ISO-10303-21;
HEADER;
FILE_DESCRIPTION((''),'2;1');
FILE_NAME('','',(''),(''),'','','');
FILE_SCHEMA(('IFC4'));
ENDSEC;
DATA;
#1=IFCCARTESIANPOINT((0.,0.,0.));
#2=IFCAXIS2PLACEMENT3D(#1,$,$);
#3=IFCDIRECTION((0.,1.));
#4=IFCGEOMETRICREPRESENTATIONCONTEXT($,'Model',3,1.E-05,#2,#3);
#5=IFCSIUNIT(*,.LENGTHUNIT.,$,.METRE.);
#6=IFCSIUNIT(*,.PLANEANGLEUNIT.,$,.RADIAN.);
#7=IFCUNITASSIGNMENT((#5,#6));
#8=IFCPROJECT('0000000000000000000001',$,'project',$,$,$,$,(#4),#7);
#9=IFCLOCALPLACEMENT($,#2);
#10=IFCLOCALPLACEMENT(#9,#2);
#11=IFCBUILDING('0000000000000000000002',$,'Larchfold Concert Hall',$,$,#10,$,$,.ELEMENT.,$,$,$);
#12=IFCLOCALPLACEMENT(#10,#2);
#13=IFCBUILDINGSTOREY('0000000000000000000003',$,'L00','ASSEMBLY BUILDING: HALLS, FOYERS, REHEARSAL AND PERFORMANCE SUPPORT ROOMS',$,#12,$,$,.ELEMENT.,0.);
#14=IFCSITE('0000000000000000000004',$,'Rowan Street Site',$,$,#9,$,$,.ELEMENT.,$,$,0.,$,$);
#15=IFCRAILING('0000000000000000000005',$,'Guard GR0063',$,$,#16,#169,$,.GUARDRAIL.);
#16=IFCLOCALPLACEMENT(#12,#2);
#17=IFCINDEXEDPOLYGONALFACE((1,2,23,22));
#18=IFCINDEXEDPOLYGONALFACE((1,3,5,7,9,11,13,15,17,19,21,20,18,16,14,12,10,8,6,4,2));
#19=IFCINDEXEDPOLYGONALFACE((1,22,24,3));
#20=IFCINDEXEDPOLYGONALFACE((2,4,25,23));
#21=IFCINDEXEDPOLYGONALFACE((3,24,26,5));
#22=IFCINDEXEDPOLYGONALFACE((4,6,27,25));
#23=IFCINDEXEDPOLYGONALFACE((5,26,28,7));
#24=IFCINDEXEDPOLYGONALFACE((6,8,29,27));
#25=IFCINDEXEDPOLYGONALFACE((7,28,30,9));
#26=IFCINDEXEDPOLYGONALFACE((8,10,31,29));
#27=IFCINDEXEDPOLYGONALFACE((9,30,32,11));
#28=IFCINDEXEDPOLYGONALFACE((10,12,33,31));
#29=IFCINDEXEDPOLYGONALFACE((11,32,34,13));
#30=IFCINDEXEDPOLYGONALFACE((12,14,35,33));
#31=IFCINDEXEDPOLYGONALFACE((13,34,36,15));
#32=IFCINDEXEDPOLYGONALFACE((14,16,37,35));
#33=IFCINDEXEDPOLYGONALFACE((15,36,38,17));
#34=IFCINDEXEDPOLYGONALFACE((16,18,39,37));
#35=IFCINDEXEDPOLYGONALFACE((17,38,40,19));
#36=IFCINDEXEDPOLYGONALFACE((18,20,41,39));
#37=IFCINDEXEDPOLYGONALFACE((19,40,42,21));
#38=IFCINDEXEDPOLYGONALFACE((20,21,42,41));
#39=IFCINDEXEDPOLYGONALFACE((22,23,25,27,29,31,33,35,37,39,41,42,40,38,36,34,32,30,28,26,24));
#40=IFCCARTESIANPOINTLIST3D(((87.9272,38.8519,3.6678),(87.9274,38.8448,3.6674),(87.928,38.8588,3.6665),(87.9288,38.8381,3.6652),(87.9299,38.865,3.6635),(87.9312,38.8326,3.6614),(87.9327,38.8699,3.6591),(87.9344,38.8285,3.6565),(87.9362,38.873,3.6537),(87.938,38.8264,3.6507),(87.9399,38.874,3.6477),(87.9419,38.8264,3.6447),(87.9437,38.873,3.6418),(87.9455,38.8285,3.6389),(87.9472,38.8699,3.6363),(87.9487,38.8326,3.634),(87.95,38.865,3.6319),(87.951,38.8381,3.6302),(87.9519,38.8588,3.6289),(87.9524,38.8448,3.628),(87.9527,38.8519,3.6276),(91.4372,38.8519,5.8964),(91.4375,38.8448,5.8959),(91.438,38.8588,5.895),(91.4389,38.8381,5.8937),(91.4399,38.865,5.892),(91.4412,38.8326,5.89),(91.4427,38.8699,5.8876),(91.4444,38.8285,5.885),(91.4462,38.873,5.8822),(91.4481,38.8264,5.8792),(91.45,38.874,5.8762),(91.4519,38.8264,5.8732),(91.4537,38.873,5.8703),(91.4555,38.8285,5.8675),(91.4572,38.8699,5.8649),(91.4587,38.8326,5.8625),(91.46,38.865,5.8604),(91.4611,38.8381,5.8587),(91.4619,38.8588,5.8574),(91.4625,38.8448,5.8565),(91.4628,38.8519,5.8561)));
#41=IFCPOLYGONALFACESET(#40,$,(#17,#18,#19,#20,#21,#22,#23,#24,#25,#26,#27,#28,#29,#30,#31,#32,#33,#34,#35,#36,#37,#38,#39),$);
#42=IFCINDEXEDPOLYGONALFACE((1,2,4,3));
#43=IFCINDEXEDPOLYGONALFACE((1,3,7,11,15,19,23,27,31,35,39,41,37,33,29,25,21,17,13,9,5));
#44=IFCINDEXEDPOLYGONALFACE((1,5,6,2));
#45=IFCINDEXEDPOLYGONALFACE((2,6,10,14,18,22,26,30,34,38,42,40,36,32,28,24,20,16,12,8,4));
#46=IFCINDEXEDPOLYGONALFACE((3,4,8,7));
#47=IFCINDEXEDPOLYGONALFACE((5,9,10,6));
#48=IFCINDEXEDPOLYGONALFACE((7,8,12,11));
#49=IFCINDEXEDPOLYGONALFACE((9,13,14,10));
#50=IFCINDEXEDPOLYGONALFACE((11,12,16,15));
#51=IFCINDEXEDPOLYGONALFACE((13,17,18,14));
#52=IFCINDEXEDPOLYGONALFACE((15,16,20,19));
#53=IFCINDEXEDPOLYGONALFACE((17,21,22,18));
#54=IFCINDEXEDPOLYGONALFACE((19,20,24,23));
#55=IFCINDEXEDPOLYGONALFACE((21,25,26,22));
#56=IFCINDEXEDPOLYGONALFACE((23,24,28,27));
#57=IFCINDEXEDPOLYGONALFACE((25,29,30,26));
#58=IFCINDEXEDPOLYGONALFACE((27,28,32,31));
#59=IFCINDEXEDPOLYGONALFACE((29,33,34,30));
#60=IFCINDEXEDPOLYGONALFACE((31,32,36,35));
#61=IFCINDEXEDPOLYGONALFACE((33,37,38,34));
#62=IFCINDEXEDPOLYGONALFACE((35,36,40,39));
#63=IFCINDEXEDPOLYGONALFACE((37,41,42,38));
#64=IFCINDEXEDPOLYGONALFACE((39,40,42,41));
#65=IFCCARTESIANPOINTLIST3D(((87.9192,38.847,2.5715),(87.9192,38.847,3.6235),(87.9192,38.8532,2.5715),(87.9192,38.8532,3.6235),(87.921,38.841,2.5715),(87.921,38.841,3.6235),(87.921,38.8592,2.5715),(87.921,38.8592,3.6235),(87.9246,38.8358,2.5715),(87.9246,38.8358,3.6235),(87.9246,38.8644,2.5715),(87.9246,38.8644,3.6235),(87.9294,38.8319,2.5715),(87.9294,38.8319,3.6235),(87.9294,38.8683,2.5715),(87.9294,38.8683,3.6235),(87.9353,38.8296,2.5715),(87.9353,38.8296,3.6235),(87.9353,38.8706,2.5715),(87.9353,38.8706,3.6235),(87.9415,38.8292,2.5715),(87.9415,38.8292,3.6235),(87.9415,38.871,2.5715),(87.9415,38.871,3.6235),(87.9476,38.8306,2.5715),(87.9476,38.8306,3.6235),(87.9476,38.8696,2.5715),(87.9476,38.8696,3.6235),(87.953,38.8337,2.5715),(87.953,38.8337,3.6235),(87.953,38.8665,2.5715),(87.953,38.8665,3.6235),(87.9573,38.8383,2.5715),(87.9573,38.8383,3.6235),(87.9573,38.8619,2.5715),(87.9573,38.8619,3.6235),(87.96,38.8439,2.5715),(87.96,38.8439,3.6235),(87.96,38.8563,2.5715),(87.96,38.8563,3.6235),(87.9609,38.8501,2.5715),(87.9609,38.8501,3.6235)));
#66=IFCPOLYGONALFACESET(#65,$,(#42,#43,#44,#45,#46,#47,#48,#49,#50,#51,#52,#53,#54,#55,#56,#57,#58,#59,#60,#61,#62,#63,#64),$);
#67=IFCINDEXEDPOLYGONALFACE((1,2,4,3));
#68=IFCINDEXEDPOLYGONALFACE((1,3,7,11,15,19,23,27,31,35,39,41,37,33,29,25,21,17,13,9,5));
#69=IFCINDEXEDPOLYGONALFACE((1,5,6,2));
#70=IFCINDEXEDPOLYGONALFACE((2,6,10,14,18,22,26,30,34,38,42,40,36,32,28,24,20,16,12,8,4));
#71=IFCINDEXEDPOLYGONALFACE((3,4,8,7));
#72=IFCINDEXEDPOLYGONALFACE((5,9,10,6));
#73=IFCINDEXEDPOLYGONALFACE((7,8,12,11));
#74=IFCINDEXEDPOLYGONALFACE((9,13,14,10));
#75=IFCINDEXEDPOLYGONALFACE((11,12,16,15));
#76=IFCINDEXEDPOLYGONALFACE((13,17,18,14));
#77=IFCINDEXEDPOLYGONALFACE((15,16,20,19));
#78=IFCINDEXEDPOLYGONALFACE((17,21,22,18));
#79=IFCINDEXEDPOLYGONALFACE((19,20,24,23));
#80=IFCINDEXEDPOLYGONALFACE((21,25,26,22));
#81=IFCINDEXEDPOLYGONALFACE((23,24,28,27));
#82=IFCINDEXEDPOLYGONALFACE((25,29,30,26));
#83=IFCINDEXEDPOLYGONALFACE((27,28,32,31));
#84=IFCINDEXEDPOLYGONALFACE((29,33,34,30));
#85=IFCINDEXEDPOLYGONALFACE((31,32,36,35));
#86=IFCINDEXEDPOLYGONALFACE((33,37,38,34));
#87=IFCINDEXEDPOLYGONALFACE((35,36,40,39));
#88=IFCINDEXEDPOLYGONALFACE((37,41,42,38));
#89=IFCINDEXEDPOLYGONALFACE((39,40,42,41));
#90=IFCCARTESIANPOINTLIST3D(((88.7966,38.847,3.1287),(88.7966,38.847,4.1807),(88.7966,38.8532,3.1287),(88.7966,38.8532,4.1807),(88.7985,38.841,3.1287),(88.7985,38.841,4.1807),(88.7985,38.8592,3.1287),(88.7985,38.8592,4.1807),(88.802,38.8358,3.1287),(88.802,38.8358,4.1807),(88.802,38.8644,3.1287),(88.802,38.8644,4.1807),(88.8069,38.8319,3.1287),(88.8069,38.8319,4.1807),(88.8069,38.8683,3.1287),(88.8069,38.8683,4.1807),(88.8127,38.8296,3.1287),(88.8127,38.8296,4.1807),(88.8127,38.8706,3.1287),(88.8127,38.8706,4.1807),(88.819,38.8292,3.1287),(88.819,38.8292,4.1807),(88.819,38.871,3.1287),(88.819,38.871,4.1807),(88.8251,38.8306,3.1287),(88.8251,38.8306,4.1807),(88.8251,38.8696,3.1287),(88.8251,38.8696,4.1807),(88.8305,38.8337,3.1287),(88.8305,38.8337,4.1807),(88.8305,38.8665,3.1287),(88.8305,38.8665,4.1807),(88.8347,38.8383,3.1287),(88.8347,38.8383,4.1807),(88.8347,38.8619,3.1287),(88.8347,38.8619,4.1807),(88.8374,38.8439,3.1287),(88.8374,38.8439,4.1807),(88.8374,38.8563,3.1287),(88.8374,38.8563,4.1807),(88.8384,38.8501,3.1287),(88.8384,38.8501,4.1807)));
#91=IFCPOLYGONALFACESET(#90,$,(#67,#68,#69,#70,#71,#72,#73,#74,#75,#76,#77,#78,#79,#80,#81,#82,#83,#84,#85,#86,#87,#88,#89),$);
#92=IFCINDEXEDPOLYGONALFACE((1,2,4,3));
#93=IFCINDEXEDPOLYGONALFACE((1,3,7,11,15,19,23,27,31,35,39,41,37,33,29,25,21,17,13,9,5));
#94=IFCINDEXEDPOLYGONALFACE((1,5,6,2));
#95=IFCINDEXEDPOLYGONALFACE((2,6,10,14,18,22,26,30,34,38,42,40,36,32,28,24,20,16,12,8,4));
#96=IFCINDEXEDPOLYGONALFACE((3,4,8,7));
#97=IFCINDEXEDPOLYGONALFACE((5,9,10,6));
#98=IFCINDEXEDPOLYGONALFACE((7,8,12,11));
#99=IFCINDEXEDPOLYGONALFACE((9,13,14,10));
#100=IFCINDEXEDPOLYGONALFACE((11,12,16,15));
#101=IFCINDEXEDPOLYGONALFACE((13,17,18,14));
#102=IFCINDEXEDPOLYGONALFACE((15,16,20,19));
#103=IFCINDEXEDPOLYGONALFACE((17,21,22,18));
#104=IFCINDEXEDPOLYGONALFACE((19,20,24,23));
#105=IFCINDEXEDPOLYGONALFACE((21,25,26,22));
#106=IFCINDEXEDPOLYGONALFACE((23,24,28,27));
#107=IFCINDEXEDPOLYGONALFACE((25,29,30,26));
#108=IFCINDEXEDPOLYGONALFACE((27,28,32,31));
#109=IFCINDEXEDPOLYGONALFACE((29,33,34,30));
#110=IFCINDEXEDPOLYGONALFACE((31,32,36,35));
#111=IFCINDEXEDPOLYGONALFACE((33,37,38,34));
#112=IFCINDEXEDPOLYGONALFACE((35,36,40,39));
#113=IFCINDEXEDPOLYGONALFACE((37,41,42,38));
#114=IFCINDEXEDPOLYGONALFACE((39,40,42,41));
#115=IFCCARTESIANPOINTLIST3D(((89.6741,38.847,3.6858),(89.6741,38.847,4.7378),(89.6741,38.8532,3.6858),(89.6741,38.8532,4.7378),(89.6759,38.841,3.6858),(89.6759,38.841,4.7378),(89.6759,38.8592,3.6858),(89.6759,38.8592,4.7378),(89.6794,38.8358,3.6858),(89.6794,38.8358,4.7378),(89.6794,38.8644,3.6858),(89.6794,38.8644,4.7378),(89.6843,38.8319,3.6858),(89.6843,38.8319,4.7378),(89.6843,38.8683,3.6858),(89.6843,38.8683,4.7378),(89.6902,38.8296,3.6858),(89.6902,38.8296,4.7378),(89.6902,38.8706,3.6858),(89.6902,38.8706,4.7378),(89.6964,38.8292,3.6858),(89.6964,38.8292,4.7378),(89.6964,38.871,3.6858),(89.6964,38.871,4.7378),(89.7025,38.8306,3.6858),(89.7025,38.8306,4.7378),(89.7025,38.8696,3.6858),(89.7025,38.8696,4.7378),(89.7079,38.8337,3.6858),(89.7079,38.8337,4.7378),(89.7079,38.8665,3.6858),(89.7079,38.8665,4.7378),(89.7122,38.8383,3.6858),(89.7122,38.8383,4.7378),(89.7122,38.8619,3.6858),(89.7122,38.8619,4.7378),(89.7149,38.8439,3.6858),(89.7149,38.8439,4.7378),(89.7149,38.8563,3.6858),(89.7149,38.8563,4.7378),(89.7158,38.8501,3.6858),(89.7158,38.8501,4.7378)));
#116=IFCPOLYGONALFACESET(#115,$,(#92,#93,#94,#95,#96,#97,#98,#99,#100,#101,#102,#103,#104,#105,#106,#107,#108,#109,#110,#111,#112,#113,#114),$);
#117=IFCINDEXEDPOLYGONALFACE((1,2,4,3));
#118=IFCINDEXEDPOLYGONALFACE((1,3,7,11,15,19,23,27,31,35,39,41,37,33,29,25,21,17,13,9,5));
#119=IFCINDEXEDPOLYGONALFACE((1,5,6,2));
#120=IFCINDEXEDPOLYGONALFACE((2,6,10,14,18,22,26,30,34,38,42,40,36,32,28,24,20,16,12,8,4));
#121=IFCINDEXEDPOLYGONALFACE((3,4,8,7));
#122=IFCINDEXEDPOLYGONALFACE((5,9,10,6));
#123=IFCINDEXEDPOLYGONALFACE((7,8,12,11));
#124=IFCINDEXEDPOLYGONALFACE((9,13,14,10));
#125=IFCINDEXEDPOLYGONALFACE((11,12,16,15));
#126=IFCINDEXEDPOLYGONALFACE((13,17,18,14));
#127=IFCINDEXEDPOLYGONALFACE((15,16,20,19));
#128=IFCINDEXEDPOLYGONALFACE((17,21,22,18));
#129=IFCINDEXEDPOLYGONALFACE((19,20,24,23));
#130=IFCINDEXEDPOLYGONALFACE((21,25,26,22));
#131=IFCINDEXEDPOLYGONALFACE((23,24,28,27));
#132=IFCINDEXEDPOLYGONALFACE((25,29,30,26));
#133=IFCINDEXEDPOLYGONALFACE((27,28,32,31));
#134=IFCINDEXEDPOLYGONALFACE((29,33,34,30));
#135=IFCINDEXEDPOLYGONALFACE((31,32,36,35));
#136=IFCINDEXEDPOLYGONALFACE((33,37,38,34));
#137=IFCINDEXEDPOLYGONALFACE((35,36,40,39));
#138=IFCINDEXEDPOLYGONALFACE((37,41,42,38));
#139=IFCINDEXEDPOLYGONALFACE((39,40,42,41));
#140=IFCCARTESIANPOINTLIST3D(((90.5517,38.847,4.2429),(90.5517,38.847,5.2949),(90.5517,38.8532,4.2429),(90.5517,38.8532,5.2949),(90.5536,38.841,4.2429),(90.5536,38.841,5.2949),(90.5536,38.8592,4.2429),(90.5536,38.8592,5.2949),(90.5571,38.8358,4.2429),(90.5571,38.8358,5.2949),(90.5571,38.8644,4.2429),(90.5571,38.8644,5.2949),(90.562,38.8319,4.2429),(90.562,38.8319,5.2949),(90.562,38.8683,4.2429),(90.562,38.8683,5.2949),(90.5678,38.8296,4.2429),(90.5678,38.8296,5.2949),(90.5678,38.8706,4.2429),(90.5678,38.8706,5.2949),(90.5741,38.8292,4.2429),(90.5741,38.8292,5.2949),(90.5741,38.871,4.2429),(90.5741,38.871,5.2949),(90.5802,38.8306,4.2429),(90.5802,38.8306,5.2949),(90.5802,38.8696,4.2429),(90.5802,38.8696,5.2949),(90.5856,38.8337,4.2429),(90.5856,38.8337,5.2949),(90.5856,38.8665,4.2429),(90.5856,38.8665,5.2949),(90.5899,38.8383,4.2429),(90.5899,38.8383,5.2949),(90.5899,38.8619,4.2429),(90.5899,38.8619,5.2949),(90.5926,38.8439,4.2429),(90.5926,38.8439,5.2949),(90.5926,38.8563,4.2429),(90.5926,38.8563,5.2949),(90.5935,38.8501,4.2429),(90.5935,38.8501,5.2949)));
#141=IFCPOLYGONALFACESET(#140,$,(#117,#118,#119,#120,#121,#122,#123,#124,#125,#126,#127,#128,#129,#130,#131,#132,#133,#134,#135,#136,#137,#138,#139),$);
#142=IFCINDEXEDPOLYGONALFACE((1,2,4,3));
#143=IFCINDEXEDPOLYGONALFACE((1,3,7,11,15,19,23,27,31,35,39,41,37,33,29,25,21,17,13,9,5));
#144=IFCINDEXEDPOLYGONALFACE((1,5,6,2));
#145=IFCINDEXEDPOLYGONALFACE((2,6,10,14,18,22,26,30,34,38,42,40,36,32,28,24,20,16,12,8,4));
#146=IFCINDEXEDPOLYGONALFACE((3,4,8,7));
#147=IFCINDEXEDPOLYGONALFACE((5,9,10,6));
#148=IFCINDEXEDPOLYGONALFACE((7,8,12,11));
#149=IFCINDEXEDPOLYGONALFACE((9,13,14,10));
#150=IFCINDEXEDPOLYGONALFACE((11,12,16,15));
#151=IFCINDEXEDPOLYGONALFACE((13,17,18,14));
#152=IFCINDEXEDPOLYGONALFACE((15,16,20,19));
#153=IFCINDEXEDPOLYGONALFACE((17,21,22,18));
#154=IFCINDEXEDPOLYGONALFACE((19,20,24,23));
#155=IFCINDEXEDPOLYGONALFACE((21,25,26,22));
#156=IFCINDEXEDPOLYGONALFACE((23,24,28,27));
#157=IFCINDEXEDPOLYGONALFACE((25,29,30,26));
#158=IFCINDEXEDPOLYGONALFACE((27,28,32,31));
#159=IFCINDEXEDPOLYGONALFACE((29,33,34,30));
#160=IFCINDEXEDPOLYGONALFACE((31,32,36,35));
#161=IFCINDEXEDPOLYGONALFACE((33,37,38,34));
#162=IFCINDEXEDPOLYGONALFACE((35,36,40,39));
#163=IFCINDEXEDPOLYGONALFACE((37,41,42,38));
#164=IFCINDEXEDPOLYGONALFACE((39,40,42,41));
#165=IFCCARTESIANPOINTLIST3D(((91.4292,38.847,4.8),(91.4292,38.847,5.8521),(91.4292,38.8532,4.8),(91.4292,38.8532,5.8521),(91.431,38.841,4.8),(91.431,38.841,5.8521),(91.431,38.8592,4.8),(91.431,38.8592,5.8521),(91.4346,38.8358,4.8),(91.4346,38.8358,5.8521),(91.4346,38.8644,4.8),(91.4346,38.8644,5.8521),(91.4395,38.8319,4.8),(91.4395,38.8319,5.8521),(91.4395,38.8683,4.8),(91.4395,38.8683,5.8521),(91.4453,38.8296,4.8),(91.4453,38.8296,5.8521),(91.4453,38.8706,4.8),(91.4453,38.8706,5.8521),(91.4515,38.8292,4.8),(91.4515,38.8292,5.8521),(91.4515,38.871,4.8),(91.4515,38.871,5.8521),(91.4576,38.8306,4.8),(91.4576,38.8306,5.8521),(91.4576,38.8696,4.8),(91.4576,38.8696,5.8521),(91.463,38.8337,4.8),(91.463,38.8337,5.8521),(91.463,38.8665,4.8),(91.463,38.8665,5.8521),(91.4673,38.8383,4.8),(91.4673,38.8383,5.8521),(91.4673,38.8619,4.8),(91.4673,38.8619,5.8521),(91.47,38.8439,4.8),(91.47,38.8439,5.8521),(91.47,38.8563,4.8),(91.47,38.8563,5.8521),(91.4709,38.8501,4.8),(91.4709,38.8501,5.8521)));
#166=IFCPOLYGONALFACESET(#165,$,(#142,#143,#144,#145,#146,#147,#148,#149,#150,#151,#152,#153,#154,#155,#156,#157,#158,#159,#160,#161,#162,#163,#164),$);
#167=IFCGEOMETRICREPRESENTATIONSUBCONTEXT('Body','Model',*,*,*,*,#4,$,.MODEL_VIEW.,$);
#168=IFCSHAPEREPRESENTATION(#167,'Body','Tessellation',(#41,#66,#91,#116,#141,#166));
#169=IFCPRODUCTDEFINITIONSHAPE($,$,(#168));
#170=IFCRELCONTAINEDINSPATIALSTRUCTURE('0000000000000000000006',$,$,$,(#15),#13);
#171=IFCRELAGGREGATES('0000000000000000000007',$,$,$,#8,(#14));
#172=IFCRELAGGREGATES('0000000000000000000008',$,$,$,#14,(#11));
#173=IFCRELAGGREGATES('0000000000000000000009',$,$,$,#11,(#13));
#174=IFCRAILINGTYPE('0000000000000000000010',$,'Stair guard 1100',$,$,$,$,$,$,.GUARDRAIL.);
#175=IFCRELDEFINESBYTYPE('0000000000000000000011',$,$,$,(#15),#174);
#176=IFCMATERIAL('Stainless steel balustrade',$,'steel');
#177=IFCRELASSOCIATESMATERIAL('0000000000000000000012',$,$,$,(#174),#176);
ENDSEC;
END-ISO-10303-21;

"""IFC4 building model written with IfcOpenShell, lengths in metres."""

from ifc_helpers import new_model, si_unit, direction, frame, origin, origin_2d, place, context, subcontext, project, spatial, circle, extrude, material, type_object, element, save


model = new_model("IFC4")

# Units and contexts
model_context = context("Model", 3, precision=1e-05, world=origin(), true_north=direction((0.0, 1.0)))
body_context = subcontext(model_context, "Body", "Model", "MODEL_VIEW")
ifc_project = project(units=[si_unit("LENGTHUNIT", "METRE"), si_unit("PLANEANGLEUNIT", "RADIAN")], contexts=[model_context])

# Site, building, storey
site_placement = place(None, origin())
site = spatial("IfcSite", under=ifc_project, at=site_placement, Name="Rowan Street Site", CompositionType="ELEMENT", RefElevation=0.0)
building_placement = place(site_placement, origin())
building = spatial("IfcBuilding", under=site, at=building_placement, Name="Larchfold Concert Hall", CompositionType="ELEMENT")
storey_placement = place(building_placement, origin())
storey = spatial("IfcBuildingStorey", under=building, at=storey_placement, Name="L00", Description="ASSEMBLY BUILDING: HALLS, FOYERS, REHEARSAL AND PERFORMANCE SUPPORT ROOMS", CompositionType="ELEMENT", Elevation=0.0)

# Railing
ifc_material_1 = material(Name="Stainless steel balustrade", Category="steel")
railing_type_1 = type_object("IfcRailingType", Name="Stair guard 1100", PredefinedType="GUARDRAIL", material=ifc_material_1)
railing_1_placement = place(storey_placement, frame((87.9399, 38.8501, 2.5715)))
element("IfcRailing", 1, at=railing_1_placement, inside=storey, type_object=railing_type_1, Name="Guard GR0063", PredefinedType="GUARDRAIL", context=body_context, shape_type="SweptSolid", body=[
    extrude(circle(Radius=0.0239, at=origin_2d()), frame((0.0, 0.0, 1.0762), z_axis=(0.84422, 0.0, 0.535998), x_axis=(0.0, 1.0, 0.0)), (0.0, 0.0, 1.0), 4.1577),
    extrude(circle(Radius=0.021, at=origin_2d()), origin(), (0.0, 0.0, 1.0), 1.052),
    extrude(circle(Radius=0.021, at=origin_2d()), frame((0.8774, 0.0, 0.5571)), (0.0, 0.0, 1.0), 1.052),
    extrude(circle(Radius=0.021, at=origin_2d()), frame((1.7549, 0.0, 1.1143)), (0.0, 0.0, 1.0), 1.052),
    extrude(circle(Radius=0.021, at=origin_2d()), frame((2.6326, 0.0, 1.6714)), (0.0, 0.0, 1.0), 1.052),
    extrude(circle(Radius=0.021, at=origin_2d()), frame((3.51, 0.0, 2.2285)), (0.0, 0.0, 1.0), 1.052),
])

save(model, "model.ifc")
